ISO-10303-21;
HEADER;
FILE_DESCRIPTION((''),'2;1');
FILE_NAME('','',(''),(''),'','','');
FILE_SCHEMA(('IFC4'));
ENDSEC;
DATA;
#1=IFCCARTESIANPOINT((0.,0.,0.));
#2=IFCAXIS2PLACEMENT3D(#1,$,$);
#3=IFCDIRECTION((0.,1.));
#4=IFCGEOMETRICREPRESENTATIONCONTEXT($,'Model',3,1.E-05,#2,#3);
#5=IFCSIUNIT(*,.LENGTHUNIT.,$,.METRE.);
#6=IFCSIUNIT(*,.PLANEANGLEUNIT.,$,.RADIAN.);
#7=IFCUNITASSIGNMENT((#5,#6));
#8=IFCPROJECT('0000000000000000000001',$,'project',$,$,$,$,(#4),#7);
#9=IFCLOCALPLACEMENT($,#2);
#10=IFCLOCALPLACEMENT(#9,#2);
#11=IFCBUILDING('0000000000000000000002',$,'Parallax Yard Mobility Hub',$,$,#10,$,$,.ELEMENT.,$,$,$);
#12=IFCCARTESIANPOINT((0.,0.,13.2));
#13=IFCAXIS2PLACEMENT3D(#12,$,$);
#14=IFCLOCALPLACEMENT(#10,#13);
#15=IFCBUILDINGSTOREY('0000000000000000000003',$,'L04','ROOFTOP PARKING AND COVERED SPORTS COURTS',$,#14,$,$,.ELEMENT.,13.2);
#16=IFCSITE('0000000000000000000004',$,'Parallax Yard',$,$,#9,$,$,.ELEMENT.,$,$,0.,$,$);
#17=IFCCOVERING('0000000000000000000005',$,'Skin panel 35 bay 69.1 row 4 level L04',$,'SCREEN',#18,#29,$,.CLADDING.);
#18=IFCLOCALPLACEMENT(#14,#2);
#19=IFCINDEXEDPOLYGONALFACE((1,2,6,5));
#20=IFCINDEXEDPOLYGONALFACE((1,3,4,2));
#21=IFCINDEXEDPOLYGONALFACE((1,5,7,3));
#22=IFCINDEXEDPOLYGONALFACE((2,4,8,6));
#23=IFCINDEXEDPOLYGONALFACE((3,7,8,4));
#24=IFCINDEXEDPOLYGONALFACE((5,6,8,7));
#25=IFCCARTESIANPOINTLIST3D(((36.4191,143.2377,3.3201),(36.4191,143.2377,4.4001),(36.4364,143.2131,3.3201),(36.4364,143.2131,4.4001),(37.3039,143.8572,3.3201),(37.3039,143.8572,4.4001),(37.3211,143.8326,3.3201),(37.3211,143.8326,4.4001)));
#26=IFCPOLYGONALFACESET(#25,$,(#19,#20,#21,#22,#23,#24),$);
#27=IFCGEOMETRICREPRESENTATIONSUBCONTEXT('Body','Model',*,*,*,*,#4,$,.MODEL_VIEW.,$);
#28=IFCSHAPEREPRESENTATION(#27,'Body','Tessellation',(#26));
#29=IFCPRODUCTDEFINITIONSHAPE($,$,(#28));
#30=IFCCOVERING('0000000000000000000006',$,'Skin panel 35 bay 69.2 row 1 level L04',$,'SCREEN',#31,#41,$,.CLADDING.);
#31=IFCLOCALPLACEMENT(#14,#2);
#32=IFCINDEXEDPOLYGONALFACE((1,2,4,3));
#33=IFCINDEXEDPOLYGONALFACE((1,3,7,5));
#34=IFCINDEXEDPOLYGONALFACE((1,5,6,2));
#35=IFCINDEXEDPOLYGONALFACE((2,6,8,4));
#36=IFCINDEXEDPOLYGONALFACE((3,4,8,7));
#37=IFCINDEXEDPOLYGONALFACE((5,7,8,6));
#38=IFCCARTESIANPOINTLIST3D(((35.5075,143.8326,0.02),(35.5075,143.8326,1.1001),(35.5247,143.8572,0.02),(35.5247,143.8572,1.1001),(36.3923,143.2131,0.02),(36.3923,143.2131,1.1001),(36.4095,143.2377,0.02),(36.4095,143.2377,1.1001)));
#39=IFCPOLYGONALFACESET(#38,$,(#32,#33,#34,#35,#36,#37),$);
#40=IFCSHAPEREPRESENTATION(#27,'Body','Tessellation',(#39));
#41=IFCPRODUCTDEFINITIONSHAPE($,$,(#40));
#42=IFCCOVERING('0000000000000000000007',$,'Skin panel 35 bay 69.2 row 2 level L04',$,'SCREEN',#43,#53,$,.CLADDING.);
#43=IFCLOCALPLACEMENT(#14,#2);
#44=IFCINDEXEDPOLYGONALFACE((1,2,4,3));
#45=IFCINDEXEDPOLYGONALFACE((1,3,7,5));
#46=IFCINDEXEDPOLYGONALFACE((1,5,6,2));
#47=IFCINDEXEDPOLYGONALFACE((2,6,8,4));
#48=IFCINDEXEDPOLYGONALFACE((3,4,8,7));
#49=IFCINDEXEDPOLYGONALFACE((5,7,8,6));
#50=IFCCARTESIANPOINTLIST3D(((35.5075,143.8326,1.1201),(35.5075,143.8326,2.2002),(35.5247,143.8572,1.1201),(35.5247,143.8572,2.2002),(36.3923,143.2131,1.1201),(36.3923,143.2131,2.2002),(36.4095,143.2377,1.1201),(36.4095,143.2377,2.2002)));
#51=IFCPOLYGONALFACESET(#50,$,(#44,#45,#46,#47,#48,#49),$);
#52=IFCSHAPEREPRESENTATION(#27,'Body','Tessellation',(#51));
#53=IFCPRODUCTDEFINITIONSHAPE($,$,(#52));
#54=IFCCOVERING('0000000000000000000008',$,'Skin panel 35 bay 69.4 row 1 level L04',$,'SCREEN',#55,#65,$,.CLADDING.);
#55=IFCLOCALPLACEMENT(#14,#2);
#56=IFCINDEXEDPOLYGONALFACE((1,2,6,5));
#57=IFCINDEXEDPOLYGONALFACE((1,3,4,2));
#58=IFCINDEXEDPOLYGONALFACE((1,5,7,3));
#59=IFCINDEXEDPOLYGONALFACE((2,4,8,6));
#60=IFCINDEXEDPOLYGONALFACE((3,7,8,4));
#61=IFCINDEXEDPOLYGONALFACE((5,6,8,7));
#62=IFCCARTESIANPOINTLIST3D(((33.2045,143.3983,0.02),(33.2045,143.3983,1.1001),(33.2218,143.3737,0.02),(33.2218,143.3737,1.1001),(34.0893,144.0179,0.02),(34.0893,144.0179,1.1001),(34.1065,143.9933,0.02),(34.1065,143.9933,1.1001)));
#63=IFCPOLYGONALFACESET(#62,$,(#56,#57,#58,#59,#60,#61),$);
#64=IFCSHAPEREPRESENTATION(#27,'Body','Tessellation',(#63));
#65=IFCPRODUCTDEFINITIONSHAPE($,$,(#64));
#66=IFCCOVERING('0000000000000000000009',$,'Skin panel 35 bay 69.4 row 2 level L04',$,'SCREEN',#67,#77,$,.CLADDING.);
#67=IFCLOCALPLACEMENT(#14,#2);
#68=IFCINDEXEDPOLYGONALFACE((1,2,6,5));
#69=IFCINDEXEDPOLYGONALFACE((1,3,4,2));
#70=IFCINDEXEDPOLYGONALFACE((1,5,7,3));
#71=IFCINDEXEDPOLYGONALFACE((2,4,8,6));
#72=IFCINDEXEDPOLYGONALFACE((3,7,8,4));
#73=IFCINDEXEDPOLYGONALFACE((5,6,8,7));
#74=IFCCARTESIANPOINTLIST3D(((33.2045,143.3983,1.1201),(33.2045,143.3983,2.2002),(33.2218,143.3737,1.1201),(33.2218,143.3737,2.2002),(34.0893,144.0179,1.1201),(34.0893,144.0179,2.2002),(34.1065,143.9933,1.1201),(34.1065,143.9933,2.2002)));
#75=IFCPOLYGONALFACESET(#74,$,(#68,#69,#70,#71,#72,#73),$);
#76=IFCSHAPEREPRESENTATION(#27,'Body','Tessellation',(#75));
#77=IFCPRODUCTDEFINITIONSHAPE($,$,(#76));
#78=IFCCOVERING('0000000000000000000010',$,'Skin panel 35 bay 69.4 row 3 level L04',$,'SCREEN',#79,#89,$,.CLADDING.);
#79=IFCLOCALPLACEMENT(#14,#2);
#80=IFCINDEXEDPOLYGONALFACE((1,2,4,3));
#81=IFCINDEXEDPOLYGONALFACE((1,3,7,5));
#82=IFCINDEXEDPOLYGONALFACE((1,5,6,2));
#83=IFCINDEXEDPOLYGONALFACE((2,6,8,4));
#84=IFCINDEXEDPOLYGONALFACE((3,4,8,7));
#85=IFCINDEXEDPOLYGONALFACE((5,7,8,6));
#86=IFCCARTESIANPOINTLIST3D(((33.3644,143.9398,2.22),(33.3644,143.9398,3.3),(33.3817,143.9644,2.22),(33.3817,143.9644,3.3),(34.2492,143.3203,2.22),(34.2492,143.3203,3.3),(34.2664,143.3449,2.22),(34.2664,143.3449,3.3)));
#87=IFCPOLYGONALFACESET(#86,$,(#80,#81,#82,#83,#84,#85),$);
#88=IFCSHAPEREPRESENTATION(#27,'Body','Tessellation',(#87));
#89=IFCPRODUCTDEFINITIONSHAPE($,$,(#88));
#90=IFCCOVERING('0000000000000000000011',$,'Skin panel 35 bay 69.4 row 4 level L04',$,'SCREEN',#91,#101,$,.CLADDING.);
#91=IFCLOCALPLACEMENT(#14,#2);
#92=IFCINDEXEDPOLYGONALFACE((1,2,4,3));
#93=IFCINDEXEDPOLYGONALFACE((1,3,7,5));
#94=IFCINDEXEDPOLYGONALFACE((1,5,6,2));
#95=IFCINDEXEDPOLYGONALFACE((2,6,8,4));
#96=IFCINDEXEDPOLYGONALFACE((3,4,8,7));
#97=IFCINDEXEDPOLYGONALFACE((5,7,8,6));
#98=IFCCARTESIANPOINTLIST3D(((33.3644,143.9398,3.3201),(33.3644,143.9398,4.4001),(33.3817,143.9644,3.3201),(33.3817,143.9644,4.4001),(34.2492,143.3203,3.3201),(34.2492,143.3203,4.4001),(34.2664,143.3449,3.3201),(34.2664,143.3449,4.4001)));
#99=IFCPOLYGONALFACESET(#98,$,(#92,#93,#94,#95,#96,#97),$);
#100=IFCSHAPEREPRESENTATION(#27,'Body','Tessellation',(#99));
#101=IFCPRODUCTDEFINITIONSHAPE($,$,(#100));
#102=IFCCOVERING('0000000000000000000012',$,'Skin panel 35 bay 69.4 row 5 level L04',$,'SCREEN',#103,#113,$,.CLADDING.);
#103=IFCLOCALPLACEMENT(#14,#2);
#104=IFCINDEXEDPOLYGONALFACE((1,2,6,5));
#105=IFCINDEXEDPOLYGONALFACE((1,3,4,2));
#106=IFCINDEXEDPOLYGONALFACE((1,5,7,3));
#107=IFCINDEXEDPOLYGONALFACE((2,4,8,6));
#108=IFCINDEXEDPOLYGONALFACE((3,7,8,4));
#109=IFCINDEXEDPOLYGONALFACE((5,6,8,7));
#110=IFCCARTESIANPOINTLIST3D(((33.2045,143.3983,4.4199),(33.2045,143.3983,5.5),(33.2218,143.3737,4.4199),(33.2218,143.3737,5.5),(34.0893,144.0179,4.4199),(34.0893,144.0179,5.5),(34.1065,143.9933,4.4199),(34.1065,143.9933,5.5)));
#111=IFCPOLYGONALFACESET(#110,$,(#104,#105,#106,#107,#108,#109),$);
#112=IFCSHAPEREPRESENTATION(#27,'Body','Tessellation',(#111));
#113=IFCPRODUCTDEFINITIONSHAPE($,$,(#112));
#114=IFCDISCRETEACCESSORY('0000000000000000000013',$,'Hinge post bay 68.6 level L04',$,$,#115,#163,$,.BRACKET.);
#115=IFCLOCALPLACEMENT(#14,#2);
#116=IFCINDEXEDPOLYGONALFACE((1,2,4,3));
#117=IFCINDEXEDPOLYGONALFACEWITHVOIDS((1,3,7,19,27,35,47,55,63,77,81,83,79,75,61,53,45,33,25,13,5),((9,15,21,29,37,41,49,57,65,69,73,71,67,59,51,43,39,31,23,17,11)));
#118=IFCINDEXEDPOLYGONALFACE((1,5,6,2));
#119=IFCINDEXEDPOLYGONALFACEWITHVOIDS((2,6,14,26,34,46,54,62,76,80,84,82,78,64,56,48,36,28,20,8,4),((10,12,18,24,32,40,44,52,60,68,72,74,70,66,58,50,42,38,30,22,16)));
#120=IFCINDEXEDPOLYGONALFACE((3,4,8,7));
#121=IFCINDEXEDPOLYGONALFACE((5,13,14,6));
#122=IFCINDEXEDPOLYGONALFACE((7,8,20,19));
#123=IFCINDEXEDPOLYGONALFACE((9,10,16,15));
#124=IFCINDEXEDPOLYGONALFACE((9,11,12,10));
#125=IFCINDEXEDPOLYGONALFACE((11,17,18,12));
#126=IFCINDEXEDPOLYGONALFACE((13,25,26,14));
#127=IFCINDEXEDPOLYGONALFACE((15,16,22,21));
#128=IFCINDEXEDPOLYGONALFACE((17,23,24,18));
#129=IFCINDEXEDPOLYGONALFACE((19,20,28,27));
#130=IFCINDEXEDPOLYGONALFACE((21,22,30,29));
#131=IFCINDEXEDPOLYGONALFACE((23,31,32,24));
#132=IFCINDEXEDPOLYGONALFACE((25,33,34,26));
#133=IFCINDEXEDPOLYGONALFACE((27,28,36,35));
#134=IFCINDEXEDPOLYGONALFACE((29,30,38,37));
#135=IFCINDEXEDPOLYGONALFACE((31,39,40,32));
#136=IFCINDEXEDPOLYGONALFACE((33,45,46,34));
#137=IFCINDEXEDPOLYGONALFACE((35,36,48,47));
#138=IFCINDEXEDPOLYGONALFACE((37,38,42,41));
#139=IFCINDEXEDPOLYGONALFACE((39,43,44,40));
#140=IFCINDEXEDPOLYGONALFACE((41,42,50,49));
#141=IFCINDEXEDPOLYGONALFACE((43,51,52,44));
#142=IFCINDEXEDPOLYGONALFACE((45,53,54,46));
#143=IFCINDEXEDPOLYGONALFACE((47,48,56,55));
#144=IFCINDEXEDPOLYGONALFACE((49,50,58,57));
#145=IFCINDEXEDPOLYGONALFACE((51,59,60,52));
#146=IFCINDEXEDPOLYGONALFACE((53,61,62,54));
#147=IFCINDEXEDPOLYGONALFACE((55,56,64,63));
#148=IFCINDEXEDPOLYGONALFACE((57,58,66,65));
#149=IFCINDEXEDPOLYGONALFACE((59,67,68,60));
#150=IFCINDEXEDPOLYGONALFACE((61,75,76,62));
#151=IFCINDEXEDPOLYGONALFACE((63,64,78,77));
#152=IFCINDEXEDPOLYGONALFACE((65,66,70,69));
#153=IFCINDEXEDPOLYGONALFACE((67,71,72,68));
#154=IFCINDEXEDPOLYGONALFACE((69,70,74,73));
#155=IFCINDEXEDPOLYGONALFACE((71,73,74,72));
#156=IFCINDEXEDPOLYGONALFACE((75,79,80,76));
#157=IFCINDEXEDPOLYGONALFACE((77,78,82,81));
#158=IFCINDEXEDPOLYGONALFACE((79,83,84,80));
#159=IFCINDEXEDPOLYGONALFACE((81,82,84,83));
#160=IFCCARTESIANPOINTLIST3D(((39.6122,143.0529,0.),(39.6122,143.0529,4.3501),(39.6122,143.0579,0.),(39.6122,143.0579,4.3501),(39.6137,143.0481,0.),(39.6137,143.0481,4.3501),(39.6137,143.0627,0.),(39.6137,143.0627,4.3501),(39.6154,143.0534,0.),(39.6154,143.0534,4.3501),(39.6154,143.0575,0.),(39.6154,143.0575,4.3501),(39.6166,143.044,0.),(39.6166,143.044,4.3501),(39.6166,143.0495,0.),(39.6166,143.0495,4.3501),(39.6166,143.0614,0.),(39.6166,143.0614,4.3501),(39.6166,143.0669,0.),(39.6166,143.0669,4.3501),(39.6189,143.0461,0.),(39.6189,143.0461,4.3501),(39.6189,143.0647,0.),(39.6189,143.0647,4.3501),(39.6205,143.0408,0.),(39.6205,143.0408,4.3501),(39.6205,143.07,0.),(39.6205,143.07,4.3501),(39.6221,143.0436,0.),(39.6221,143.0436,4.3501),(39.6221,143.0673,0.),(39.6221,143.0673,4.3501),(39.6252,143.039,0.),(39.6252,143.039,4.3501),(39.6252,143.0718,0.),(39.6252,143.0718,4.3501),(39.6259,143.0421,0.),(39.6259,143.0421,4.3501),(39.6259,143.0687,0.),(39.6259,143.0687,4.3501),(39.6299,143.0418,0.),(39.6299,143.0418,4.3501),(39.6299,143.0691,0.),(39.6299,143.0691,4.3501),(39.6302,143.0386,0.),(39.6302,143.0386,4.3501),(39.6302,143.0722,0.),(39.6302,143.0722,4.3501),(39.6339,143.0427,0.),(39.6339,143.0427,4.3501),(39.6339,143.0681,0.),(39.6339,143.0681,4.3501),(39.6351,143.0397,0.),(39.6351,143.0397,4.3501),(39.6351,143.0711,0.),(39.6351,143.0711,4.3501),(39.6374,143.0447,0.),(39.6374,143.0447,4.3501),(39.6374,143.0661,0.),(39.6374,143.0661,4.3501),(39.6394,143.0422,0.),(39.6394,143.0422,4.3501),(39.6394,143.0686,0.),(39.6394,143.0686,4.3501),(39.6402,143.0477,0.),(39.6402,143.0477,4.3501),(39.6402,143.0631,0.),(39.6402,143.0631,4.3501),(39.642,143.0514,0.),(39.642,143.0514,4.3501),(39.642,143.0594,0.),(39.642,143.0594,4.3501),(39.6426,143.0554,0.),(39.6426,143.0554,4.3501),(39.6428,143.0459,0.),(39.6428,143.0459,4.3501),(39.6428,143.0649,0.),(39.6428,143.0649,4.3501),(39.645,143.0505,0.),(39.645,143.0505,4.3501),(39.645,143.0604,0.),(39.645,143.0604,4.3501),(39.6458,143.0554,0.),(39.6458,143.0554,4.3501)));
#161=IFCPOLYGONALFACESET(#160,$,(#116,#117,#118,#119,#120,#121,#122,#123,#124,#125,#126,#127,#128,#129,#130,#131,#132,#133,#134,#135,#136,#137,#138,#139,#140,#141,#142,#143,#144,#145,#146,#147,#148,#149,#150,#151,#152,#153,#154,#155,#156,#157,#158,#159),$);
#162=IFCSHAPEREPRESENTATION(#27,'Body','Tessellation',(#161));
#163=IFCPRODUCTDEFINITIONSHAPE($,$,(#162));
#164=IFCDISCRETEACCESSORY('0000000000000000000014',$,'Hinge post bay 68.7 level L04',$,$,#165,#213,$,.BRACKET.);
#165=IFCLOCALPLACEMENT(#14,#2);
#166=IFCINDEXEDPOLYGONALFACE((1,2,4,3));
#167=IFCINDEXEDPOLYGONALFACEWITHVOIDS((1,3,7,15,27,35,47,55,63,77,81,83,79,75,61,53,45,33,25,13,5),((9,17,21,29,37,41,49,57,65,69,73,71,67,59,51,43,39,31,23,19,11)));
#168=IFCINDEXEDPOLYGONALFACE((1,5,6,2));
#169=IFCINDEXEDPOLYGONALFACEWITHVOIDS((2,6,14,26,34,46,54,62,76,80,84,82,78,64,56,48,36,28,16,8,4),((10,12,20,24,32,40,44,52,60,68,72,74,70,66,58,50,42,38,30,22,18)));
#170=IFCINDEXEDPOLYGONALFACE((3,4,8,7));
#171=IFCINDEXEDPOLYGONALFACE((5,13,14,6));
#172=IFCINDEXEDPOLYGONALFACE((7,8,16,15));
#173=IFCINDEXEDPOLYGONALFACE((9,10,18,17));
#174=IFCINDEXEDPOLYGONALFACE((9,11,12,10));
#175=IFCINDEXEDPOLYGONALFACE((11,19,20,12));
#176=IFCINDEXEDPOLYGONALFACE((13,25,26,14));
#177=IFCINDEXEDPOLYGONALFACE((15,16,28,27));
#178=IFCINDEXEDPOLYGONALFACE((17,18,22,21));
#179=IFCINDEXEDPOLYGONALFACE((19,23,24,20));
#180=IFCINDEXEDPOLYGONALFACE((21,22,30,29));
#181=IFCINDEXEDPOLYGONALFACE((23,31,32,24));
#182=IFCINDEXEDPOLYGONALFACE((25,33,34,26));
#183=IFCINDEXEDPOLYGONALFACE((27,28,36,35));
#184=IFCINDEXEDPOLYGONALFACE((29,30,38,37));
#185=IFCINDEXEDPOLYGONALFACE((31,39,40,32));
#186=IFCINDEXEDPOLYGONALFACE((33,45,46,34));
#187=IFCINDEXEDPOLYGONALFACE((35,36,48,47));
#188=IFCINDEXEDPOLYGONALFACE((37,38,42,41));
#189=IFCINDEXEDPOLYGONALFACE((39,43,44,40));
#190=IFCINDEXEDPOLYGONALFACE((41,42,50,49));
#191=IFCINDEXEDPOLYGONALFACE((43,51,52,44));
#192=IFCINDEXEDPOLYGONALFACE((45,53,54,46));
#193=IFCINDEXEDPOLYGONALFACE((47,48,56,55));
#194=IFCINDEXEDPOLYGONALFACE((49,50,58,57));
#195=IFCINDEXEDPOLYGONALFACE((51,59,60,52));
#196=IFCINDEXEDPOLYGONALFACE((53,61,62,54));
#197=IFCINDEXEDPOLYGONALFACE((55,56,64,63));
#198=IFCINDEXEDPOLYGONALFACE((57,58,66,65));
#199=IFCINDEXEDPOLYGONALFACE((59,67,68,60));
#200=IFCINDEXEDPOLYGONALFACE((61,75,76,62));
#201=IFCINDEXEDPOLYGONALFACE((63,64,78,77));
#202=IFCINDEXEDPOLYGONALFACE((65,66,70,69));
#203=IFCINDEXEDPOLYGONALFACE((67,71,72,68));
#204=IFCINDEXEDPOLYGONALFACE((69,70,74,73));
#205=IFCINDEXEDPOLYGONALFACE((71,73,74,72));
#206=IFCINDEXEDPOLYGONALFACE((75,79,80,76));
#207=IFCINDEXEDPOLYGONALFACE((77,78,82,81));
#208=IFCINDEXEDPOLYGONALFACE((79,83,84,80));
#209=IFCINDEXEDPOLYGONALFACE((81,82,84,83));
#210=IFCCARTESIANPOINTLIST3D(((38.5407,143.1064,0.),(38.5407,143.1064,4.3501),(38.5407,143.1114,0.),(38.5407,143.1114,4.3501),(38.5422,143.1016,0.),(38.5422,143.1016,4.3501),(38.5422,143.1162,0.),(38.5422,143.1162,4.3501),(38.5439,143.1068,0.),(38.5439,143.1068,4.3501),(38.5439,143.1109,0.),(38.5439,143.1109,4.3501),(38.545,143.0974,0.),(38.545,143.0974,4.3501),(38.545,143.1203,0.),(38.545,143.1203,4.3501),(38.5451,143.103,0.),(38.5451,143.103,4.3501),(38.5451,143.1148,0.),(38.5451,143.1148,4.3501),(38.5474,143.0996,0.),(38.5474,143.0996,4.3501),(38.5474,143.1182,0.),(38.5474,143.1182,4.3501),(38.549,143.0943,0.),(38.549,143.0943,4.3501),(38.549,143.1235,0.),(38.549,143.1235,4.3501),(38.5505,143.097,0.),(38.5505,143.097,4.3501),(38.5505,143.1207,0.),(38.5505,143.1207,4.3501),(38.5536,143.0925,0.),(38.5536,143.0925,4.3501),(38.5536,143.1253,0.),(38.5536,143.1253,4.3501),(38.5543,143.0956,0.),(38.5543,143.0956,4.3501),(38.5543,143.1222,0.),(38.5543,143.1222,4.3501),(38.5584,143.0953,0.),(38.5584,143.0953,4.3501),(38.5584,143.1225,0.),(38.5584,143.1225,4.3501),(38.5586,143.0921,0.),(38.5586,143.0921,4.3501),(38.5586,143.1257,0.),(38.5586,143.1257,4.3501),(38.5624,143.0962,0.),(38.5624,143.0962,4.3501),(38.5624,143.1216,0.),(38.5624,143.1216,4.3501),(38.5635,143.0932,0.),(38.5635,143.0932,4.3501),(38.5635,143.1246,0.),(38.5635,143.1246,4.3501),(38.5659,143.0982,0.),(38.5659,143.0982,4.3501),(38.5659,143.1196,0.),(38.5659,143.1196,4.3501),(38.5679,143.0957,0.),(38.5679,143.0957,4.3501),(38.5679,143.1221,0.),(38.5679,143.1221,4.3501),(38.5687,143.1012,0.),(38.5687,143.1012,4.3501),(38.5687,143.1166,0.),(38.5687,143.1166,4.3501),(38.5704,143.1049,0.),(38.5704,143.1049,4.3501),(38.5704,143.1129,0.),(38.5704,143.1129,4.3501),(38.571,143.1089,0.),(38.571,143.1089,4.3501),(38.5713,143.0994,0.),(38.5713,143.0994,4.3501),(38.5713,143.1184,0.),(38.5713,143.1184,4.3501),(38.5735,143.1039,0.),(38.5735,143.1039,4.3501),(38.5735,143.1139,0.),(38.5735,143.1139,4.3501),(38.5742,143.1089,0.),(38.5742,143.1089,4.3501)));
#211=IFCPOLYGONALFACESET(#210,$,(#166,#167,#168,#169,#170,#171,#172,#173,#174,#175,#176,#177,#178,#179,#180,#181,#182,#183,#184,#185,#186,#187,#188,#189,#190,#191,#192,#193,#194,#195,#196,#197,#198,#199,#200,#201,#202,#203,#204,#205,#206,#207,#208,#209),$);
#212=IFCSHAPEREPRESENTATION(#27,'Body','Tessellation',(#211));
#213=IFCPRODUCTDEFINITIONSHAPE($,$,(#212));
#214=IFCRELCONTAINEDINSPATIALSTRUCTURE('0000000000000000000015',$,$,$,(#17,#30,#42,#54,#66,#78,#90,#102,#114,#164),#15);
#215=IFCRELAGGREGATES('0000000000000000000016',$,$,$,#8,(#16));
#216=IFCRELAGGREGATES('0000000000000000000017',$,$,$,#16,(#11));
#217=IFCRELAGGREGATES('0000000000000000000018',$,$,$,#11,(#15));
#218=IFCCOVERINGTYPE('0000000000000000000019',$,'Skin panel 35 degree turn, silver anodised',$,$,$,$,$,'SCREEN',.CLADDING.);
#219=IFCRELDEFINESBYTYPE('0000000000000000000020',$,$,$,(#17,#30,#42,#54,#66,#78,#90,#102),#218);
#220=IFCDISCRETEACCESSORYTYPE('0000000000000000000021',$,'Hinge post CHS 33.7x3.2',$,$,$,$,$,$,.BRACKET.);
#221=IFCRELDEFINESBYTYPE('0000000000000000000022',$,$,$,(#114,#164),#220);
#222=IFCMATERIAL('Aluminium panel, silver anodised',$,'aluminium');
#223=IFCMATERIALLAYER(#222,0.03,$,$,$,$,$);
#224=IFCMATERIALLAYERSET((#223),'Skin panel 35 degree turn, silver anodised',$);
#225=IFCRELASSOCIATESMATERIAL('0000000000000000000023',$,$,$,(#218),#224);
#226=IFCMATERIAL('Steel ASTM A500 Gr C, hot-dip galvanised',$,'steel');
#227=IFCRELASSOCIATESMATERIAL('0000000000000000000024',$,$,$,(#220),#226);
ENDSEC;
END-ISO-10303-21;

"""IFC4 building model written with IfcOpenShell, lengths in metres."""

from ifc_helpers import new_model, si_unit, direction, frame, origin, origin_2d, place, context, subcontext, project, spatial, rectangle, hollow_circle, extrude, material, layer, layer_set, material_profile, profile_set, type_object, element, save


model = new_model("IFC4")

# Units and contexts
model_context = context("Model", 3, precision=1e-05, world=origin(), true_north=direction((0.0, 1.0)))
body_context = subcontext(model_context, "Body", "Model", "MODEL_VIEW")
ifc_project = project(units=[si_unit("LENGTHUNIT", "METRE"), si_unit("PLANEANGLEUNIT", "RADIAN")], contexts=[model_context])

# Site, building, storey
site_placement = place(None, origin())
site = spatial("IfcSite", under=ifc_project, at=site_placement, Name="Parallax Yard", CompositionType="ELEMENT", RefElevation=0.0)
building_placement = place(site_placement, origin())
building = spatial("IfcBuilding", under=site, at=building_placement, Name="Parallax Yard Mobility Hub", CompositionType="ELEMENT")
storey_placement = place(building_placement, frame((0.0, 0.0, 13.2)))
storey = spatial("IfcBuildingStorey", under=building, at=storey_placement, Name="L04", Description="ROOFTOP PARKING AND COVERED SPORTS COURTS", CompositionType="ELEMENT", Elevation=13.2)

# Coverings
ifc_material_1 = material(Name="Aluminium panel, silver anodised", Category="aluminium")
ifc_layer_1 = layer(ifc_material_1, 0.03)
ifc_layer_set_1 = layer_set([ifc_layer_1], Name="Skin panel 35 degree turn, silver anodised")
covering_type_1 = type_object("IfcCoveringType", Name="Skin panel 35 degree turn, silver anodised", ElementType="SCREEN", PredefinedType="CLADDING", material=ifc_layer_set_1)
for number, where, z_axis, x_axis, name in (
    (1, (36.8701, 143.5352, 3.3201), (0.0, 0.0, 1.0), (0.819152, 0.573576, 0.0), "Skin panel 35 bay 69.1 row 4 level L04"),
    (2, (35.9585, 143.5352, 0.02), (0.0, 0.0, 1.0), (-0.819152, 0.573576, 0.0), "Skin panel 35 bay 69.2 row 1 level L04"),
    (3, (35.9585, 143.5352, 1.1201), (0.0, 0.0, 1.0), (-0.819152, 0.573576, 0.0), "Skin panel 35 bay 69.2 row 2 level L04"),
    (4, (33.6555, 143.6958, 0.02), (0.0, 0.0, 1.0), (0.819152, 0.573576, 0.0), "Skin panel 35 bay 69.4 row 1 level L04"),
    (5, (33.6555, 143.6958, 1.1201), (0.0, 0.0, 1.0), (0.819152, 0.573576, 0.0), "Skin panel 35 bay 69.4 row 2 level L04"),
    (6, (33.8154, 143.6423, 2.22), (0.0, 0.0, 1.0), (-0.819152, 0.573576, 0.0), "Skin panel 35 bay 69.4 row 3 level L04"),
    (7, (33.8154, 143.6423, 3.3201), (0.0, 0.0, 1.0), (-0.819152, 0.573576, 0.0), "Skin panel 35 bay 69.4 row 4 level L04"),
    (8, (33.6555, 143.6958, 4.4199), (0.0, 0.0, 1.0), (0.819152, 0.573576, 0.0), "Skin panel 35 bay 69.4 row 5 level L04"),
):
    element("IfcCovering", number, at=place(storey_placement, frame(where, z_axis=z_axis, x_axis=x_axis)), inside=storey, type_object=covering_type_1, Name=name, ObjectType="SCREEN", PredefinedType="CLADDING", context=body_context, shape_type="SweptSolid", body=[
        extrude(rectangle(XDim=1.0801, YDim=0.03, at=origin_2d()), origin(), (0.0, 0.0, 1.0), 1.0801),
    ])

# Discrete accessories
ifc_material_2 = material(Name="Steel ASTM A500 Gr C, hot-dip galvanised", Category="steel")
ifc_material_profile = material_profile(ifc_material_2, hollow_circle(Radius=0.0168, WallThickness=0.0032, at=origin_2d()), Name="CHS 33.7x3.2")
ifc_profile_set = profile_set([ifc_material_profile], Name="Steel ASTM A500 Gr C, hot-dip galvanised")
discrete_accessory_type = type_object("IfcDiscreteAccessoryType", Name="Hinge post CHS 33.7x3.2", PredefinedType="BRACKET", material=ifc_profile_set)
for number, where, z_axis, x_axis, name in (
    (9, (39.6289, 143.0554, 0.0), (0.0, 0.0, 1.0), (1.0, 0.0, 0.0), "Hinge post bay 68.6 level L04"),
    (10, (38.5574, 143.1089, 0.0), (0.0, 0.0, 1.0), (1.0, 0.0, 0.0), "Hinge post bay 68.7 level L04"),
):
    element("IfcDiscreteAccessory", number, at=place(storey_placement, frame(where, z_axis=z_axis, x_axis=x_axis)), inside=storey, type_object=discrete_accessory_type, Name=name, PredefinedType="BRACKET", context=body_context, shape_type="SweptSolid", body=[
        extrude(hollow_circle(Radius=0.0168, WallThickness=0.0032, at=origin_2d()), origin(), (0.0, 0.0, 1.0), 4.3501),
    ])

save(model, "model.ifc")
